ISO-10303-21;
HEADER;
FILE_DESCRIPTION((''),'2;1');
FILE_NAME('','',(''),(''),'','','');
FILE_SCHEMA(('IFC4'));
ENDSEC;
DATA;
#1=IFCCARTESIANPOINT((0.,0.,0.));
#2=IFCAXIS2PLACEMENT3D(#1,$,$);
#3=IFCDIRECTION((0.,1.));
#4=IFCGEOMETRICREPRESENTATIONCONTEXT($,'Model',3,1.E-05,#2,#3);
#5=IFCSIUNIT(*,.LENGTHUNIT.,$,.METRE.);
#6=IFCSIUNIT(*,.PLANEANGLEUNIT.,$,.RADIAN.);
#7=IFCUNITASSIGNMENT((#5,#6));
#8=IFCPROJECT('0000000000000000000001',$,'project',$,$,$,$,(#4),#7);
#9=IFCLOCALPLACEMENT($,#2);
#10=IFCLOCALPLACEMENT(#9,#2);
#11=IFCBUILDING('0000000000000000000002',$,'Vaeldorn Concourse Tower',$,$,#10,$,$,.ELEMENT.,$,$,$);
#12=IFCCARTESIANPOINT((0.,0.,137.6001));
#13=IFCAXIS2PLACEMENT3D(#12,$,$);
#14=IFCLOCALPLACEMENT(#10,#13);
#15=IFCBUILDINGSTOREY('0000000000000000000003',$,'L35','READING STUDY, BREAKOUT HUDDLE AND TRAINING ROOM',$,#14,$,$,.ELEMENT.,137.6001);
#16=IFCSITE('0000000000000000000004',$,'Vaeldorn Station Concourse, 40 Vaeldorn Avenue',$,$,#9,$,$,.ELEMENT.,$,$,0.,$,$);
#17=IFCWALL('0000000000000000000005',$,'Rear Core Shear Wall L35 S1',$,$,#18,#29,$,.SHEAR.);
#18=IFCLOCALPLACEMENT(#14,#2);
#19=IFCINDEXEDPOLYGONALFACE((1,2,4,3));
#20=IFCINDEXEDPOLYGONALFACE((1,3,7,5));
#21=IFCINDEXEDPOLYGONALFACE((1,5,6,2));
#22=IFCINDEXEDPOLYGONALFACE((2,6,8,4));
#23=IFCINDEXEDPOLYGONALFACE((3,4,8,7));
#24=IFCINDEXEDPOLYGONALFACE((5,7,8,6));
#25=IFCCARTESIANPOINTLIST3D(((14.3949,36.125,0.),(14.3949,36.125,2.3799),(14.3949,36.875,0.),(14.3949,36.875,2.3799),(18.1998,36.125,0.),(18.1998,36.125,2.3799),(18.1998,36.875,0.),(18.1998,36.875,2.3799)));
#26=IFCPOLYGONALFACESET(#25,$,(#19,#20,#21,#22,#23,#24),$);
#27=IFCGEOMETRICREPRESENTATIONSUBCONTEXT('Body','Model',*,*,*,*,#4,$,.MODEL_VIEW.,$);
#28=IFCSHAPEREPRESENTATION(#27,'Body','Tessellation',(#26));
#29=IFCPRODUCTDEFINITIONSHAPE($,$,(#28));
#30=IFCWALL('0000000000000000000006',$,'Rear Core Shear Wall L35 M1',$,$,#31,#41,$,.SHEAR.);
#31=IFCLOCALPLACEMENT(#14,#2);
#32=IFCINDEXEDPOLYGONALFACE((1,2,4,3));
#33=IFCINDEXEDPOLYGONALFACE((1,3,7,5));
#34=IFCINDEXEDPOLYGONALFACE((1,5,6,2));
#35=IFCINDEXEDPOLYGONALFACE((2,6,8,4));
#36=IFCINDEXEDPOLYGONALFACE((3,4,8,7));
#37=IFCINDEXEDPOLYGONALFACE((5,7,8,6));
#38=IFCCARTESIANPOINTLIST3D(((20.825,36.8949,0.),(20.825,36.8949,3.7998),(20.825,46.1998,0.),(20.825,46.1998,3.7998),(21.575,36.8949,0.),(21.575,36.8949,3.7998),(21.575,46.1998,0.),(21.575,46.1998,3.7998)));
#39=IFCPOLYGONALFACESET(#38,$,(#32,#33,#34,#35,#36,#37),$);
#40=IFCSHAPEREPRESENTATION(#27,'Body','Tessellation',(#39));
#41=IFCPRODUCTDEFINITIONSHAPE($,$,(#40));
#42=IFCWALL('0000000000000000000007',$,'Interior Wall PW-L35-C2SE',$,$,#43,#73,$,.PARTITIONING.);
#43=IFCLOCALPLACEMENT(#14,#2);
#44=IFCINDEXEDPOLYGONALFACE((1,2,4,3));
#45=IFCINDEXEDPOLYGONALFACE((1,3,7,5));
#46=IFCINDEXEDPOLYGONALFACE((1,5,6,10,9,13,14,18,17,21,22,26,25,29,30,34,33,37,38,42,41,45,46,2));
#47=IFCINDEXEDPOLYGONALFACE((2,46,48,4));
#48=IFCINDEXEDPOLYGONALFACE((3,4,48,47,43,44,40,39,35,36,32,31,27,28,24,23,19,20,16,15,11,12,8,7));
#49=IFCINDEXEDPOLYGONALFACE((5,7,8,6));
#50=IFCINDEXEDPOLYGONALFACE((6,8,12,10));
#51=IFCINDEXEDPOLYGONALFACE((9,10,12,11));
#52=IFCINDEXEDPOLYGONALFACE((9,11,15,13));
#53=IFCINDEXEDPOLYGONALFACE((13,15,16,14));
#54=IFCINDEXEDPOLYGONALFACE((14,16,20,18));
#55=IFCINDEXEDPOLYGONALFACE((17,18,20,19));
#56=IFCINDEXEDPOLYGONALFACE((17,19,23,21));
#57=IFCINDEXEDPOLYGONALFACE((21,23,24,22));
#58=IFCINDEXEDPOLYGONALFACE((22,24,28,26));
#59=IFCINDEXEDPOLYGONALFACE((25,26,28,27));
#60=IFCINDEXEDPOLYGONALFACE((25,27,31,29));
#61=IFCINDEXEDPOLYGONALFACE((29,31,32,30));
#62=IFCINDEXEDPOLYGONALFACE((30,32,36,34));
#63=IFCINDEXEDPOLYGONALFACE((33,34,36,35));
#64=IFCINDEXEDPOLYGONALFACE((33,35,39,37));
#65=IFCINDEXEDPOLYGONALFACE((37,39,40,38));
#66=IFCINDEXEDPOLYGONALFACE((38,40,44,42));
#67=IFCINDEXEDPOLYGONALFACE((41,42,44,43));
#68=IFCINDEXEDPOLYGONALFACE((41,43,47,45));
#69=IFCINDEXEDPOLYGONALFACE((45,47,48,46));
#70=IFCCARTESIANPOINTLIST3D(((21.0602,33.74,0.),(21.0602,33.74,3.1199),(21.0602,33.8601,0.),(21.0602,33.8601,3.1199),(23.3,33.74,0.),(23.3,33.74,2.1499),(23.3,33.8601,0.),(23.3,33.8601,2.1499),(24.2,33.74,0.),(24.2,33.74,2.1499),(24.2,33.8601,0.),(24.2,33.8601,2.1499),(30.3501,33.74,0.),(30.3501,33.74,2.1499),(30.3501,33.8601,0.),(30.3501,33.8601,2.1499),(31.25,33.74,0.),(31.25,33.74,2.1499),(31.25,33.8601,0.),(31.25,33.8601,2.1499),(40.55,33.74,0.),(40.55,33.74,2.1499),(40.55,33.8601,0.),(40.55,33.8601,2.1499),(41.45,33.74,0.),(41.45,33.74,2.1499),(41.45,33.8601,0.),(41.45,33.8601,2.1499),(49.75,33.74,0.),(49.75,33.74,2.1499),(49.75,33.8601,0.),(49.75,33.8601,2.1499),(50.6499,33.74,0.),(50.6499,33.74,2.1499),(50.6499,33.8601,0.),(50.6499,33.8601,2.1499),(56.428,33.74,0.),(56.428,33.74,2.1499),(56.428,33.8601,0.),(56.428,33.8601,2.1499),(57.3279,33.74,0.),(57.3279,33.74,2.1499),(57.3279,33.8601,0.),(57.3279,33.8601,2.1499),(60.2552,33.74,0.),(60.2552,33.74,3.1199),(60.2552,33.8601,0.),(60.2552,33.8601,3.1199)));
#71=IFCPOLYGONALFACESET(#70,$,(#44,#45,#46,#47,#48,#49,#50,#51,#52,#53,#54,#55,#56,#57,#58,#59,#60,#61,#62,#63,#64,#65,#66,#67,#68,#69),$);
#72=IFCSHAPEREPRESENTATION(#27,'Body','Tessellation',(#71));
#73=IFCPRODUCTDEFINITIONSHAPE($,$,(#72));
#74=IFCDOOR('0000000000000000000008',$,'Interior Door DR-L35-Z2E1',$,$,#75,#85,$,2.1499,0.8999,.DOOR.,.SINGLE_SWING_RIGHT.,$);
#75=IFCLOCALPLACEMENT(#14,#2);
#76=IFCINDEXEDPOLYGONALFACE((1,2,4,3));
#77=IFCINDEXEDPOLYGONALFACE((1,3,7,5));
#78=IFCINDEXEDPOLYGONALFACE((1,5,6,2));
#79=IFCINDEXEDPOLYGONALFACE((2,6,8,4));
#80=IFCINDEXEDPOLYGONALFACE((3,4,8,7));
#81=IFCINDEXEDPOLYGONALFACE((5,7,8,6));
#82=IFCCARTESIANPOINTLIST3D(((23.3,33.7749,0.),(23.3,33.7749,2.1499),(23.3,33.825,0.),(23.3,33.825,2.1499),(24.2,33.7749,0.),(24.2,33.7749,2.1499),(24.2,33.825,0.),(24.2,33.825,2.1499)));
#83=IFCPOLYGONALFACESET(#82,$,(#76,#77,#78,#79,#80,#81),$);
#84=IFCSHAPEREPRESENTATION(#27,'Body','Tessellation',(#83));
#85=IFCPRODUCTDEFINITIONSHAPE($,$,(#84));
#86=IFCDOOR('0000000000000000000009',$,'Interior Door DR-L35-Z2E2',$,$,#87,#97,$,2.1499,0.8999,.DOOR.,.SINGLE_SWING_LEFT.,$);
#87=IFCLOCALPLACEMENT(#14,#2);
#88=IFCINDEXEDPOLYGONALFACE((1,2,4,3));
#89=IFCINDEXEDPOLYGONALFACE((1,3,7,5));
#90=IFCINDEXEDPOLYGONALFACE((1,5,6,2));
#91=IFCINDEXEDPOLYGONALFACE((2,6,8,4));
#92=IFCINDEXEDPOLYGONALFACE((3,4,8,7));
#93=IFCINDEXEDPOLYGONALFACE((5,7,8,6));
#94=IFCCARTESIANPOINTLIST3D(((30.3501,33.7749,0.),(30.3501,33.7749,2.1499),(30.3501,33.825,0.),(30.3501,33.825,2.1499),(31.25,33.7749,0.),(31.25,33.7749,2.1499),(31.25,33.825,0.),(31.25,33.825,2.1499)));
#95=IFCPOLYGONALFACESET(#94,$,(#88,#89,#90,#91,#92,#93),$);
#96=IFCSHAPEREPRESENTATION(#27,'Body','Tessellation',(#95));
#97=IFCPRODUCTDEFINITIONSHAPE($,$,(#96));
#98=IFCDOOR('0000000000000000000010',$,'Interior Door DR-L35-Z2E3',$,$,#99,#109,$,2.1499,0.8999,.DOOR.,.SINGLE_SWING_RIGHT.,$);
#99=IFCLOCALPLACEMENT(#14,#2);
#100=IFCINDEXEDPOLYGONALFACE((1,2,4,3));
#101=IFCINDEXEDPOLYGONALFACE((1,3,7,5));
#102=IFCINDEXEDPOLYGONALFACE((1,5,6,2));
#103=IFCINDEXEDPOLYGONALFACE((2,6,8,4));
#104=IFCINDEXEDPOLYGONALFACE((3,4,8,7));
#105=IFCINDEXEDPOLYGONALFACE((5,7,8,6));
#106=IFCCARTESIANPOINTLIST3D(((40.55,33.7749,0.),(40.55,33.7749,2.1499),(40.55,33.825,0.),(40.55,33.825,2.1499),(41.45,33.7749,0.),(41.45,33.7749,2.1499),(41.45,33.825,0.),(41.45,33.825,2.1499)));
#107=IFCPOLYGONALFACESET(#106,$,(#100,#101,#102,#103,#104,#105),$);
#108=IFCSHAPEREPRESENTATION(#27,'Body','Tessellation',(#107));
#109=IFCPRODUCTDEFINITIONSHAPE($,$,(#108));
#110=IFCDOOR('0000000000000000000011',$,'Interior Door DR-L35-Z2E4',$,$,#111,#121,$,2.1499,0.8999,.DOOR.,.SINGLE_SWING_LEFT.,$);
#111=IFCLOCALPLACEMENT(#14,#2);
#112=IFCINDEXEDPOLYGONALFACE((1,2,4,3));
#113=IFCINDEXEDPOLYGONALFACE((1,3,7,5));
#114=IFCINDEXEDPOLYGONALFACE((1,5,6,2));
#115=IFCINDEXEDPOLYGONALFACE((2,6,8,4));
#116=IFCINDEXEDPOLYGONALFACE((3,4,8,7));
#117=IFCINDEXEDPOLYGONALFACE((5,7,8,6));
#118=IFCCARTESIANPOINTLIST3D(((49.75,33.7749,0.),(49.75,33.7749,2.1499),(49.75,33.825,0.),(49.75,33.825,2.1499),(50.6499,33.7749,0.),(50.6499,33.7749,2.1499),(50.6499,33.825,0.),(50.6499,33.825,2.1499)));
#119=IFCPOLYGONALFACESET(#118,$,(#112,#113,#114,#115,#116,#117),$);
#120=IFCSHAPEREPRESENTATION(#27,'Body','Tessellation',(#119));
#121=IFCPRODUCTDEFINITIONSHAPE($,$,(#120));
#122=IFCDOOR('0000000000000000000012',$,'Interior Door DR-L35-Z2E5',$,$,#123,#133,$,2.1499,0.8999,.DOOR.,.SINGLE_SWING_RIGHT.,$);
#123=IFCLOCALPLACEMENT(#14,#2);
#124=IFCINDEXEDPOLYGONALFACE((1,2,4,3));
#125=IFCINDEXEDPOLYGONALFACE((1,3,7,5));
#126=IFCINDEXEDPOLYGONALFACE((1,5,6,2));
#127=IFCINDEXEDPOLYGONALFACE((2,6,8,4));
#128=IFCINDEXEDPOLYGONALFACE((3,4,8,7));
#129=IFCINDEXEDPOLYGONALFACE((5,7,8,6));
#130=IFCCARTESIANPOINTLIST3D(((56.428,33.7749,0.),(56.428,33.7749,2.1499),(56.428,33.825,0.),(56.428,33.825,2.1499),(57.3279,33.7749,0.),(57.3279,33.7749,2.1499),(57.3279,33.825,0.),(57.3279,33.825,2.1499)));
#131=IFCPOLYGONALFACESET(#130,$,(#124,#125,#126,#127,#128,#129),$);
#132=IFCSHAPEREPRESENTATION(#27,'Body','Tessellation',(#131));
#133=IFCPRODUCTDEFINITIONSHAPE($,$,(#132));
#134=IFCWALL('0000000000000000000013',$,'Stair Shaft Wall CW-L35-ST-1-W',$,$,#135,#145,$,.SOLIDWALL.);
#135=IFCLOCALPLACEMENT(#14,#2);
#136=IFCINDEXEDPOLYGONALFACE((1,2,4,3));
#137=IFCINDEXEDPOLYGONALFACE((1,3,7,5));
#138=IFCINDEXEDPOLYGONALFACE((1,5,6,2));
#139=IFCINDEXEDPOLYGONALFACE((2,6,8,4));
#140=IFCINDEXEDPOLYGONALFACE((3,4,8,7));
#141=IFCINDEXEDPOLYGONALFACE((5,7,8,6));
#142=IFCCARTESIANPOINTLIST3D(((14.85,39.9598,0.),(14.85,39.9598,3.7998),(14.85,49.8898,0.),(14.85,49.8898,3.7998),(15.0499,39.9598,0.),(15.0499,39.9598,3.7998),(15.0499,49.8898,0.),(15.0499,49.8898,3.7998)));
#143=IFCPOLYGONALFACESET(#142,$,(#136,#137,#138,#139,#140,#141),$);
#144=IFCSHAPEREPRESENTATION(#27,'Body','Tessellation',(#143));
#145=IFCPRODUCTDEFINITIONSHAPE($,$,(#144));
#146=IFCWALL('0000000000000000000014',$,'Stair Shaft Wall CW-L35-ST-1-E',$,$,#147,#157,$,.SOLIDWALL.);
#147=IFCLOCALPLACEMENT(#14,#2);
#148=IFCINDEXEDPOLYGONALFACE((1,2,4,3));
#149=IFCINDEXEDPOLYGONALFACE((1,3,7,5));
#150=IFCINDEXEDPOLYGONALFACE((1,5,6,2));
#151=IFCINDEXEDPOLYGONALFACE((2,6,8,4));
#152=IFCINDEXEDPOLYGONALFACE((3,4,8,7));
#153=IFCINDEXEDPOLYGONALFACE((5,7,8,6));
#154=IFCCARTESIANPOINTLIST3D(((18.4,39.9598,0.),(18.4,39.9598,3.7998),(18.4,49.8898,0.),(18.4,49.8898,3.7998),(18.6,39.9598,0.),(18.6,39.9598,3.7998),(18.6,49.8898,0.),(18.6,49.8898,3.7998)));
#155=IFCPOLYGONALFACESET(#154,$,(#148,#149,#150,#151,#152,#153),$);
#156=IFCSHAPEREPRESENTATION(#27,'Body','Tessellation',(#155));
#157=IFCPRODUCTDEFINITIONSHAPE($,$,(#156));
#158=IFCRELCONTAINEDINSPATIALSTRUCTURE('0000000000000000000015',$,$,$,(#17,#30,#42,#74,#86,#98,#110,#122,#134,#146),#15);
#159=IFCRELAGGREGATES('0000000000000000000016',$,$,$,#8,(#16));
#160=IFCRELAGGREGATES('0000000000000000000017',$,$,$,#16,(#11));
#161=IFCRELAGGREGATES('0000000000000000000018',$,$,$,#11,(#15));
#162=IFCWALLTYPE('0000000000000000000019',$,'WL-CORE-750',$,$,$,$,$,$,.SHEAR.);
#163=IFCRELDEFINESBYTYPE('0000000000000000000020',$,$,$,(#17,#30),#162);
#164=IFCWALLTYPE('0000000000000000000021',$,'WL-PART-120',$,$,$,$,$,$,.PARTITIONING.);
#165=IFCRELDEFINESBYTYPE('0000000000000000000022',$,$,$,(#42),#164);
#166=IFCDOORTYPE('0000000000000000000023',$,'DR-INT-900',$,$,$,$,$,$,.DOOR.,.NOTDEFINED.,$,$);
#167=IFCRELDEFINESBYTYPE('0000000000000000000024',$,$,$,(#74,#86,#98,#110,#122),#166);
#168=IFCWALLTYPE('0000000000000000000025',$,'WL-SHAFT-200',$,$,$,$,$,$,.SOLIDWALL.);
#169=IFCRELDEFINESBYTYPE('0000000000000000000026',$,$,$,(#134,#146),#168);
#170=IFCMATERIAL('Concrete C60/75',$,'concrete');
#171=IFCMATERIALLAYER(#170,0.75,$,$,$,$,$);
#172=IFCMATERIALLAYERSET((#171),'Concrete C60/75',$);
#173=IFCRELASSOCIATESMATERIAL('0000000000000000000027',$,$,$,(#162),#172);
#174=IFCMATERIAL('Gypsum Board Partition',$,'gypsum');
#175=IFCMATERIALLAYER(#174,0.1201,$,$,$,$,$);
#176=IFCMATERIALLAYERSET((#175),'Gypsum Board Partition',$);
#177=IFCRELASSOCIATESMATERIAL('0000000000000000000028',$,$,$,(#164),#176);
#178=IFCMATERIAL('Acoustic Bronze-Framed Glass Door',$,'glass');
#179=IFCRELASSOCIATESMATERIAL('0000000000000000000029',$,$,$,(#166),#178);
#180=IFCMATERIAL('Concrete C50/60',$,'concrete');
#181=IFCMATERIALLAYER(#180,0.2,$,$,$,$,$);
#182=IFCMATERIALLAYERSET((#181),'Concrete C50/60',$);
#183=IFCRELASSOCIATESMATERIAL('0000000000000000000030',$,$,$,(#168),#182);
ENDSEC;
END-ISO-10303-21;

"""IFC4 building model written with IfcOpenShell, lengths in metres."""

from ifc_helpers import new_model, si_unit, direction, frame, frame_2d, origin, place, context, subcontext, project, spatial, rectangle, extrude, source, transform, mapped, material, layer, layer_set, type_object, element, fill, save


model = new_model("IFC4")

# Units and contexts
model_context = context("Model", 3, precision=1e-05, world=origin(), true_north=direction((0.0, 1.0)))
body_context = subcontext(model_context, "Body", "Model", "MODEL_VIEW")
ifc_project = project(units=[si_unit("LENGTHUNIT", "METRE"), si_unit("PLANEANGLEUNIT", "RADIAN")], contexts=[model_context])

# Site, building, storey
site_placement = place(None, origin())
site = spatial("IfcSite", under=ifc_project, at=site_placement, Name="Vaeldorn Station Concourse, 40 Vaeldorn Avenue", CompositionType="ELEMENT", RefElevation=0.0)
building_placement = place(site_placement, origin())
building = spatial("IfcBuilding", under=site, at=building_placement, Name="Vaeldorn Concourse Tower", CompositionType="ELEMENT")
storey_placement = place(building_placement, frame((0.0, 0.0, 137.6001)))
storey = spatial("IfcBuildingStorey", under=building, at=storey_placement, Name="L35", Description="READING STUDY, BREAKOUT HUDDLE AND TRAINING ROOM", CompositionType="ELEMENT", Elevation=137.6001)

# Walls
ifc_material_1 = material(Name="Concrete C60/75", Category="concrete")
ifc_layer_1 = layer(ifc_material_1, 0.75)
ifc_layer_set_1 = layer_set([ifc_layer_1], Name="Concrete C60/75")
wall_type_1 = type_object("IfcWallType", Name="WL-CORE-750", PredefinedType="SHEAR", material=ifc_layer_set_1)
wall_1_placement = place(storey_placement, frame((14.395, 36.5, 0.0), z_axis=(0.0, 0.0, 1.0), x_axis=(1.0, 0.0, 0.0)))
element("IfcWall", 1, at=wall_1_placement, inside=storey, type_object=wall_type_1, Name="Rear Core Shear Wall L35 S1", PredefinedType="SHEAR", context=body_context, shape_type="SweptSolid", body=[
    extrude(rectangle(XDim=3.8049, YDim=0.75, at=frame_2d((1.9023, 0.0))), origin(), (0.0, 0.0, 1.0), 2.3799),
])
wall_2_placement = place(storey_placement, frame((21.2, 36.895, 0.0), z_axis=(0.0, 0.0, 1.0), x_axis=(0.0, 1.0, 0.0)))
element("IfcWall", 2, at=wall_2_placement, inside=storey, type_object=wall_type_1, Name="Rear Core Shear Wall L35 M1", PredefinedType="SHEAR", context=body_context, shape_type="SweptSolid", body=[
    extrude(rectangle(XDim=9.3049, YDim=0.75, at=frame_2d((4.6523, 0.0))), origin(), (0.0, 0.0, 1.0), 3.7998),
])

# Wall, openings, doors
ifc_material_2 = material(Name="Gypsum Board Partition", Category="gypsum")
ifc_layer_2 = layer(ifc_material_2, 0.1201)
ifc_layer_set_2 = layer_set([ifc_layer_2], Name="Gypsum Board Partition")
wall_type_2 = type_object("IfcWallType", Name="WL-PART-120", PredefinedType="PARTITIONING", material=ifc_layer_set_2)
wall_3_placement = place(storey_placement, frame((21.0601, 33.8, 0.0), z_axis=(0.0, 0.0, 1.0), x_axis=(1.0, 0.0, 0.0)))
wall_3 = element("IfcWall", 3, at=wall_3_placement, inside=storey, type_object=wall_type_2, Name="Interior Wall PW-L35-C2SE", PredefinedType="PARTITIONING", context=body_context, shape_type="SweptSolid", body=[
    extrude(rectangle(XDim=39.1951, YDim=0.1201, at=frame_2d((19.5977, 0.0))), origin(), (0.0, 0.0, 1.0), 3.1199),
])
opening_1_placement = place(wall_3_placement, frame((2.24, 0.0, 0.0)))
opening_1 = element("IfcOpeningElement", 4, at=opening_1_placement, cuts=wall_3, PredefinedType="OPENING", context=body_context, shape_type="SweptSolid", body=[
    extrude(rectangle(XDim=0.8999, YDim=2.1499, at=frame_2d((0.45, 1.075))), frame((0.0, 0.0701, 0.0), z_axis=(0.0, -1.0, 0.0), x_axis=(1.0, 0.0, 0.0)), (0.0, 0.0, 1.0), 0.1401),
])
opening_2_placement = place(wall_3_placement, frame((9.29, 0.0, 0.0)))
opening_2 = element("IfcOpeningElement", 5, at=opening_2_placement, cuts=wall_3, PredefinedType="OPENING", context=body_context, shape_type="SweptSolid", body=[
    extrude(rectangle(XDim=0.8999, YDim=2.1499, at=frame_2d((0.45, 1.075))), frame((0.0, 0.0701, 0.0), z_axis=(0.0, -1.0, 0.0), x_axis=(1.0, 0.0, 0.0)), (0.0, 0.0, 1.0), 0.1401),
])
opening_3_placement = place(wall_3_placement, frame((19.49, 0.0, 0.0)))
opening_3 = element("IfcOpeningElement", 6, at=opening_3_placement, cuts=wall_3, PredefinedType="OPENING", context=body_context, shape_type="SweptSolid", body=[
    extrude(rectangle(XDim=0.8999, YDim=2.1499, at=frame_2d((0.45, 1.075))), frame((0.0, 0.0701, 0.0), z_axis=(0.0, -1.0, 0.0), x_axis=(1.0, 0.0, 0.0)), (0.0, 0.0, 1.0), 0.1401),
])
opening_4_placement = place(wall_3_placement, frame((28.6899, 0.0, 0.0)))
opening_4 = element("IfcOpeningElement", 7, at=opening_4_placement, cuts=wall_3, PredefinedType="OPENING", context=body_context, shape_type="SweptSolid", body=[
    extrude(rectangle(XDim=0.8999, YDim=2.1499, at=frame_2d((0.45, 1.075))), frame((0.0, 0.0701, 0.0), z_axis=(0.0, -1.0, 0.0), x_axis=(1.0, 0.0, 0.0)), (0.0, 0.0, 1.0), 0.1401),
])
opening_5_placement = place(wall_3_placement, frame((35.3679, 0.0, 0.0)))
opening_5 = element("IfcOpeningElement", 8, at=opening_5_placement, cuts=wall_3, PredefinedType="OPENING", context=body_context, shape_type="SweptSolid", body=[
    extrude(rectangle(XDim=0.8999, YDim=2.1499, at=frame_2d((0.45, 1.075))), frame((0.0, 0.0701, 0.0), z_axis=(0.0, -1.0, 0.0), x_axis=(1.0, 0.0, 0.0)), (0.0, 0.0, 1.0), 0.1401),
])
ifc_material_3 = material(Name="Acoustic Bronze-Framed Glass Door", Category="glass")
door_type_1 = type_object("IfcDoorType", Name="DR-INT-900", OperationType="NOTDEFINED", PredefinedType="DOOR", material=ifc_material_3)
shared_shape_1 = source(origin(), body_context, "Body", "SweptSolid", [
    extrude(rectangle(XDim=0.8999, YDim=2.1499, at=frame_2d((0.45, 1.075))), frame((0.0, 0.0249, 0.0), z_axis=(0.0, -1.0, 0.0), x_axis=(1.0, 0.0, 0.0)), (0.0, 0.0, 1.0), 0.05),
])
door_1_placement = place(opening_1_placement, origin())
door_1 = element("IfcDoor", 9, at=door_1_placement, inside=storey, type_object=door_type_1, Name="Interior Door DR-L35-Z2E1", OperationType="SINGLE_SWING_RIGHT", OverallHeight=2.1499, OverallWidth=0.8999, PredefinedType="DOOR", context=body_context, shape_type="MappedRepresentation", body=[
    mapped(shared_shape_1, transform((0.0, 0.0, 0.0), scale=1.0)),
])
fill(opening_1, door_1)
door_2_placement = place(opening_2_placement, origin())
door_2 = element("IfcDoor", 10, at=door_2_placement, inside=storey, type_object=door_type_1, Name="Interior Door DR-L35-Z2E2", OperationType="SINGLE_SWING_LEFT", OverallHeight=2.1499, OverallWidth=0.8999, PredefinedType="DOOR", context=body_context, shape_type="MappedRepresentation", body=[
    mapped(shared_shape_1, transform((0.0, 0.0, 0.0), scale=1.0)),
])
fill(opening_2, door_2)
door_3_placement = place(opening_3_placement, origin())
door_3 = element("IfcDoor", 11, at=door_3_placement, inside=storey, type_object=door_type_1, Name="Interior Door DR-L35-Z2E3", OperationType="SINGLE_SWING_RIGHT", OverallHeight=2.1499, OverallWidth=0.8999, PredefinedType="DOOR", context=body_context, shape_type="MappedRepresentation", body=[
    mapped(shared_shape_1, transform((0.0, 0.0, 0.0), scale=1.0)),
])
fill(opening_3, door_3)
door_4_placement = place(opening_4_placement, origin())
door_4 = element("IfcDoor", 12, at=door_4_placement, inside=storey, type_object=door_type_1, Name="Interior Door DR-L35-Z2E4", OperationType="SINGLE_SWING_LEFT", OverallHeight=2.1499, OverallWidth=0.8999, PredefinedType="DOOR", context=body_context, shape_type="MappedRepresentation", body=[
    mapped(shared_shape_1, transform((0.0, 0.0, 0.0), scale=1.0)),
])
fill(opening_4, door_4)
door_5_placement = place(opening_5_placement, origin())
door_5 = element("IfcDoor", 13, at=door_5_placement, inside=storey, type_object=door_type_1, Name="Interior Door DR-L35-Z2E5", OperationType="SINGLE_SWING_RIGHT", OverallHeight=2.1499, OverallWidth=0.8999, PredefinedType="DOOR", context=body_context, shape_type="MappedRepresentation", body=[
    mapped(shared_shape_1, transform((0.0, 0.0, 0.0), scale=1.0)),
])
fill(opening_5, door_5)

# Shared definitions
ifc_material_4 = material(Name="Concrete C50/60", Category="concrete")
ifc_layer_3 = layer(ifc_material_4, 0.2)
ifc_layer_set_3 = layer_set([ifc_layer_3], Name="Concrete C50/60")
wall_type_3 = type_object("IfcWallType", Name="WL-SHAFT-200", PredefinedType="SOLIDWALL", material=ifc_layer_set_3)

# Walls
for number, where, z_axis, x_axis, name in (
    (14, (14.95, 39.96, 0.0), (0.0, 0.0, 1.0), (0.0, 1.0, 0.0), "Stair Shaft Wall CW-L35-ST-1-W"),
    (15, (18.5, 39.96, 0.0), (0.0, 0.0, 1.0), (0.0, 1.0, 0.0), "Stair Shaft Wall CW-L35-ST-1-E"),
):
    element("IfcWall", number, at=place(storey_placement, frame(where, z_axis=z_axis, x_axis=x_axis)), inside=storey, type_object=wall_type_3, Name=name, PredefinedType="SOLIDWALL", context=body_context, shape_type="SweptSolid", body=[
        extrude(rectangle(XDim=9.9299, YDim=0.2, at=frame_2d((4.9648, 0.0))), origin(), (0.0, 0.0, 1.0), 3.7998),
    ])

save(model, "model.ifc")
